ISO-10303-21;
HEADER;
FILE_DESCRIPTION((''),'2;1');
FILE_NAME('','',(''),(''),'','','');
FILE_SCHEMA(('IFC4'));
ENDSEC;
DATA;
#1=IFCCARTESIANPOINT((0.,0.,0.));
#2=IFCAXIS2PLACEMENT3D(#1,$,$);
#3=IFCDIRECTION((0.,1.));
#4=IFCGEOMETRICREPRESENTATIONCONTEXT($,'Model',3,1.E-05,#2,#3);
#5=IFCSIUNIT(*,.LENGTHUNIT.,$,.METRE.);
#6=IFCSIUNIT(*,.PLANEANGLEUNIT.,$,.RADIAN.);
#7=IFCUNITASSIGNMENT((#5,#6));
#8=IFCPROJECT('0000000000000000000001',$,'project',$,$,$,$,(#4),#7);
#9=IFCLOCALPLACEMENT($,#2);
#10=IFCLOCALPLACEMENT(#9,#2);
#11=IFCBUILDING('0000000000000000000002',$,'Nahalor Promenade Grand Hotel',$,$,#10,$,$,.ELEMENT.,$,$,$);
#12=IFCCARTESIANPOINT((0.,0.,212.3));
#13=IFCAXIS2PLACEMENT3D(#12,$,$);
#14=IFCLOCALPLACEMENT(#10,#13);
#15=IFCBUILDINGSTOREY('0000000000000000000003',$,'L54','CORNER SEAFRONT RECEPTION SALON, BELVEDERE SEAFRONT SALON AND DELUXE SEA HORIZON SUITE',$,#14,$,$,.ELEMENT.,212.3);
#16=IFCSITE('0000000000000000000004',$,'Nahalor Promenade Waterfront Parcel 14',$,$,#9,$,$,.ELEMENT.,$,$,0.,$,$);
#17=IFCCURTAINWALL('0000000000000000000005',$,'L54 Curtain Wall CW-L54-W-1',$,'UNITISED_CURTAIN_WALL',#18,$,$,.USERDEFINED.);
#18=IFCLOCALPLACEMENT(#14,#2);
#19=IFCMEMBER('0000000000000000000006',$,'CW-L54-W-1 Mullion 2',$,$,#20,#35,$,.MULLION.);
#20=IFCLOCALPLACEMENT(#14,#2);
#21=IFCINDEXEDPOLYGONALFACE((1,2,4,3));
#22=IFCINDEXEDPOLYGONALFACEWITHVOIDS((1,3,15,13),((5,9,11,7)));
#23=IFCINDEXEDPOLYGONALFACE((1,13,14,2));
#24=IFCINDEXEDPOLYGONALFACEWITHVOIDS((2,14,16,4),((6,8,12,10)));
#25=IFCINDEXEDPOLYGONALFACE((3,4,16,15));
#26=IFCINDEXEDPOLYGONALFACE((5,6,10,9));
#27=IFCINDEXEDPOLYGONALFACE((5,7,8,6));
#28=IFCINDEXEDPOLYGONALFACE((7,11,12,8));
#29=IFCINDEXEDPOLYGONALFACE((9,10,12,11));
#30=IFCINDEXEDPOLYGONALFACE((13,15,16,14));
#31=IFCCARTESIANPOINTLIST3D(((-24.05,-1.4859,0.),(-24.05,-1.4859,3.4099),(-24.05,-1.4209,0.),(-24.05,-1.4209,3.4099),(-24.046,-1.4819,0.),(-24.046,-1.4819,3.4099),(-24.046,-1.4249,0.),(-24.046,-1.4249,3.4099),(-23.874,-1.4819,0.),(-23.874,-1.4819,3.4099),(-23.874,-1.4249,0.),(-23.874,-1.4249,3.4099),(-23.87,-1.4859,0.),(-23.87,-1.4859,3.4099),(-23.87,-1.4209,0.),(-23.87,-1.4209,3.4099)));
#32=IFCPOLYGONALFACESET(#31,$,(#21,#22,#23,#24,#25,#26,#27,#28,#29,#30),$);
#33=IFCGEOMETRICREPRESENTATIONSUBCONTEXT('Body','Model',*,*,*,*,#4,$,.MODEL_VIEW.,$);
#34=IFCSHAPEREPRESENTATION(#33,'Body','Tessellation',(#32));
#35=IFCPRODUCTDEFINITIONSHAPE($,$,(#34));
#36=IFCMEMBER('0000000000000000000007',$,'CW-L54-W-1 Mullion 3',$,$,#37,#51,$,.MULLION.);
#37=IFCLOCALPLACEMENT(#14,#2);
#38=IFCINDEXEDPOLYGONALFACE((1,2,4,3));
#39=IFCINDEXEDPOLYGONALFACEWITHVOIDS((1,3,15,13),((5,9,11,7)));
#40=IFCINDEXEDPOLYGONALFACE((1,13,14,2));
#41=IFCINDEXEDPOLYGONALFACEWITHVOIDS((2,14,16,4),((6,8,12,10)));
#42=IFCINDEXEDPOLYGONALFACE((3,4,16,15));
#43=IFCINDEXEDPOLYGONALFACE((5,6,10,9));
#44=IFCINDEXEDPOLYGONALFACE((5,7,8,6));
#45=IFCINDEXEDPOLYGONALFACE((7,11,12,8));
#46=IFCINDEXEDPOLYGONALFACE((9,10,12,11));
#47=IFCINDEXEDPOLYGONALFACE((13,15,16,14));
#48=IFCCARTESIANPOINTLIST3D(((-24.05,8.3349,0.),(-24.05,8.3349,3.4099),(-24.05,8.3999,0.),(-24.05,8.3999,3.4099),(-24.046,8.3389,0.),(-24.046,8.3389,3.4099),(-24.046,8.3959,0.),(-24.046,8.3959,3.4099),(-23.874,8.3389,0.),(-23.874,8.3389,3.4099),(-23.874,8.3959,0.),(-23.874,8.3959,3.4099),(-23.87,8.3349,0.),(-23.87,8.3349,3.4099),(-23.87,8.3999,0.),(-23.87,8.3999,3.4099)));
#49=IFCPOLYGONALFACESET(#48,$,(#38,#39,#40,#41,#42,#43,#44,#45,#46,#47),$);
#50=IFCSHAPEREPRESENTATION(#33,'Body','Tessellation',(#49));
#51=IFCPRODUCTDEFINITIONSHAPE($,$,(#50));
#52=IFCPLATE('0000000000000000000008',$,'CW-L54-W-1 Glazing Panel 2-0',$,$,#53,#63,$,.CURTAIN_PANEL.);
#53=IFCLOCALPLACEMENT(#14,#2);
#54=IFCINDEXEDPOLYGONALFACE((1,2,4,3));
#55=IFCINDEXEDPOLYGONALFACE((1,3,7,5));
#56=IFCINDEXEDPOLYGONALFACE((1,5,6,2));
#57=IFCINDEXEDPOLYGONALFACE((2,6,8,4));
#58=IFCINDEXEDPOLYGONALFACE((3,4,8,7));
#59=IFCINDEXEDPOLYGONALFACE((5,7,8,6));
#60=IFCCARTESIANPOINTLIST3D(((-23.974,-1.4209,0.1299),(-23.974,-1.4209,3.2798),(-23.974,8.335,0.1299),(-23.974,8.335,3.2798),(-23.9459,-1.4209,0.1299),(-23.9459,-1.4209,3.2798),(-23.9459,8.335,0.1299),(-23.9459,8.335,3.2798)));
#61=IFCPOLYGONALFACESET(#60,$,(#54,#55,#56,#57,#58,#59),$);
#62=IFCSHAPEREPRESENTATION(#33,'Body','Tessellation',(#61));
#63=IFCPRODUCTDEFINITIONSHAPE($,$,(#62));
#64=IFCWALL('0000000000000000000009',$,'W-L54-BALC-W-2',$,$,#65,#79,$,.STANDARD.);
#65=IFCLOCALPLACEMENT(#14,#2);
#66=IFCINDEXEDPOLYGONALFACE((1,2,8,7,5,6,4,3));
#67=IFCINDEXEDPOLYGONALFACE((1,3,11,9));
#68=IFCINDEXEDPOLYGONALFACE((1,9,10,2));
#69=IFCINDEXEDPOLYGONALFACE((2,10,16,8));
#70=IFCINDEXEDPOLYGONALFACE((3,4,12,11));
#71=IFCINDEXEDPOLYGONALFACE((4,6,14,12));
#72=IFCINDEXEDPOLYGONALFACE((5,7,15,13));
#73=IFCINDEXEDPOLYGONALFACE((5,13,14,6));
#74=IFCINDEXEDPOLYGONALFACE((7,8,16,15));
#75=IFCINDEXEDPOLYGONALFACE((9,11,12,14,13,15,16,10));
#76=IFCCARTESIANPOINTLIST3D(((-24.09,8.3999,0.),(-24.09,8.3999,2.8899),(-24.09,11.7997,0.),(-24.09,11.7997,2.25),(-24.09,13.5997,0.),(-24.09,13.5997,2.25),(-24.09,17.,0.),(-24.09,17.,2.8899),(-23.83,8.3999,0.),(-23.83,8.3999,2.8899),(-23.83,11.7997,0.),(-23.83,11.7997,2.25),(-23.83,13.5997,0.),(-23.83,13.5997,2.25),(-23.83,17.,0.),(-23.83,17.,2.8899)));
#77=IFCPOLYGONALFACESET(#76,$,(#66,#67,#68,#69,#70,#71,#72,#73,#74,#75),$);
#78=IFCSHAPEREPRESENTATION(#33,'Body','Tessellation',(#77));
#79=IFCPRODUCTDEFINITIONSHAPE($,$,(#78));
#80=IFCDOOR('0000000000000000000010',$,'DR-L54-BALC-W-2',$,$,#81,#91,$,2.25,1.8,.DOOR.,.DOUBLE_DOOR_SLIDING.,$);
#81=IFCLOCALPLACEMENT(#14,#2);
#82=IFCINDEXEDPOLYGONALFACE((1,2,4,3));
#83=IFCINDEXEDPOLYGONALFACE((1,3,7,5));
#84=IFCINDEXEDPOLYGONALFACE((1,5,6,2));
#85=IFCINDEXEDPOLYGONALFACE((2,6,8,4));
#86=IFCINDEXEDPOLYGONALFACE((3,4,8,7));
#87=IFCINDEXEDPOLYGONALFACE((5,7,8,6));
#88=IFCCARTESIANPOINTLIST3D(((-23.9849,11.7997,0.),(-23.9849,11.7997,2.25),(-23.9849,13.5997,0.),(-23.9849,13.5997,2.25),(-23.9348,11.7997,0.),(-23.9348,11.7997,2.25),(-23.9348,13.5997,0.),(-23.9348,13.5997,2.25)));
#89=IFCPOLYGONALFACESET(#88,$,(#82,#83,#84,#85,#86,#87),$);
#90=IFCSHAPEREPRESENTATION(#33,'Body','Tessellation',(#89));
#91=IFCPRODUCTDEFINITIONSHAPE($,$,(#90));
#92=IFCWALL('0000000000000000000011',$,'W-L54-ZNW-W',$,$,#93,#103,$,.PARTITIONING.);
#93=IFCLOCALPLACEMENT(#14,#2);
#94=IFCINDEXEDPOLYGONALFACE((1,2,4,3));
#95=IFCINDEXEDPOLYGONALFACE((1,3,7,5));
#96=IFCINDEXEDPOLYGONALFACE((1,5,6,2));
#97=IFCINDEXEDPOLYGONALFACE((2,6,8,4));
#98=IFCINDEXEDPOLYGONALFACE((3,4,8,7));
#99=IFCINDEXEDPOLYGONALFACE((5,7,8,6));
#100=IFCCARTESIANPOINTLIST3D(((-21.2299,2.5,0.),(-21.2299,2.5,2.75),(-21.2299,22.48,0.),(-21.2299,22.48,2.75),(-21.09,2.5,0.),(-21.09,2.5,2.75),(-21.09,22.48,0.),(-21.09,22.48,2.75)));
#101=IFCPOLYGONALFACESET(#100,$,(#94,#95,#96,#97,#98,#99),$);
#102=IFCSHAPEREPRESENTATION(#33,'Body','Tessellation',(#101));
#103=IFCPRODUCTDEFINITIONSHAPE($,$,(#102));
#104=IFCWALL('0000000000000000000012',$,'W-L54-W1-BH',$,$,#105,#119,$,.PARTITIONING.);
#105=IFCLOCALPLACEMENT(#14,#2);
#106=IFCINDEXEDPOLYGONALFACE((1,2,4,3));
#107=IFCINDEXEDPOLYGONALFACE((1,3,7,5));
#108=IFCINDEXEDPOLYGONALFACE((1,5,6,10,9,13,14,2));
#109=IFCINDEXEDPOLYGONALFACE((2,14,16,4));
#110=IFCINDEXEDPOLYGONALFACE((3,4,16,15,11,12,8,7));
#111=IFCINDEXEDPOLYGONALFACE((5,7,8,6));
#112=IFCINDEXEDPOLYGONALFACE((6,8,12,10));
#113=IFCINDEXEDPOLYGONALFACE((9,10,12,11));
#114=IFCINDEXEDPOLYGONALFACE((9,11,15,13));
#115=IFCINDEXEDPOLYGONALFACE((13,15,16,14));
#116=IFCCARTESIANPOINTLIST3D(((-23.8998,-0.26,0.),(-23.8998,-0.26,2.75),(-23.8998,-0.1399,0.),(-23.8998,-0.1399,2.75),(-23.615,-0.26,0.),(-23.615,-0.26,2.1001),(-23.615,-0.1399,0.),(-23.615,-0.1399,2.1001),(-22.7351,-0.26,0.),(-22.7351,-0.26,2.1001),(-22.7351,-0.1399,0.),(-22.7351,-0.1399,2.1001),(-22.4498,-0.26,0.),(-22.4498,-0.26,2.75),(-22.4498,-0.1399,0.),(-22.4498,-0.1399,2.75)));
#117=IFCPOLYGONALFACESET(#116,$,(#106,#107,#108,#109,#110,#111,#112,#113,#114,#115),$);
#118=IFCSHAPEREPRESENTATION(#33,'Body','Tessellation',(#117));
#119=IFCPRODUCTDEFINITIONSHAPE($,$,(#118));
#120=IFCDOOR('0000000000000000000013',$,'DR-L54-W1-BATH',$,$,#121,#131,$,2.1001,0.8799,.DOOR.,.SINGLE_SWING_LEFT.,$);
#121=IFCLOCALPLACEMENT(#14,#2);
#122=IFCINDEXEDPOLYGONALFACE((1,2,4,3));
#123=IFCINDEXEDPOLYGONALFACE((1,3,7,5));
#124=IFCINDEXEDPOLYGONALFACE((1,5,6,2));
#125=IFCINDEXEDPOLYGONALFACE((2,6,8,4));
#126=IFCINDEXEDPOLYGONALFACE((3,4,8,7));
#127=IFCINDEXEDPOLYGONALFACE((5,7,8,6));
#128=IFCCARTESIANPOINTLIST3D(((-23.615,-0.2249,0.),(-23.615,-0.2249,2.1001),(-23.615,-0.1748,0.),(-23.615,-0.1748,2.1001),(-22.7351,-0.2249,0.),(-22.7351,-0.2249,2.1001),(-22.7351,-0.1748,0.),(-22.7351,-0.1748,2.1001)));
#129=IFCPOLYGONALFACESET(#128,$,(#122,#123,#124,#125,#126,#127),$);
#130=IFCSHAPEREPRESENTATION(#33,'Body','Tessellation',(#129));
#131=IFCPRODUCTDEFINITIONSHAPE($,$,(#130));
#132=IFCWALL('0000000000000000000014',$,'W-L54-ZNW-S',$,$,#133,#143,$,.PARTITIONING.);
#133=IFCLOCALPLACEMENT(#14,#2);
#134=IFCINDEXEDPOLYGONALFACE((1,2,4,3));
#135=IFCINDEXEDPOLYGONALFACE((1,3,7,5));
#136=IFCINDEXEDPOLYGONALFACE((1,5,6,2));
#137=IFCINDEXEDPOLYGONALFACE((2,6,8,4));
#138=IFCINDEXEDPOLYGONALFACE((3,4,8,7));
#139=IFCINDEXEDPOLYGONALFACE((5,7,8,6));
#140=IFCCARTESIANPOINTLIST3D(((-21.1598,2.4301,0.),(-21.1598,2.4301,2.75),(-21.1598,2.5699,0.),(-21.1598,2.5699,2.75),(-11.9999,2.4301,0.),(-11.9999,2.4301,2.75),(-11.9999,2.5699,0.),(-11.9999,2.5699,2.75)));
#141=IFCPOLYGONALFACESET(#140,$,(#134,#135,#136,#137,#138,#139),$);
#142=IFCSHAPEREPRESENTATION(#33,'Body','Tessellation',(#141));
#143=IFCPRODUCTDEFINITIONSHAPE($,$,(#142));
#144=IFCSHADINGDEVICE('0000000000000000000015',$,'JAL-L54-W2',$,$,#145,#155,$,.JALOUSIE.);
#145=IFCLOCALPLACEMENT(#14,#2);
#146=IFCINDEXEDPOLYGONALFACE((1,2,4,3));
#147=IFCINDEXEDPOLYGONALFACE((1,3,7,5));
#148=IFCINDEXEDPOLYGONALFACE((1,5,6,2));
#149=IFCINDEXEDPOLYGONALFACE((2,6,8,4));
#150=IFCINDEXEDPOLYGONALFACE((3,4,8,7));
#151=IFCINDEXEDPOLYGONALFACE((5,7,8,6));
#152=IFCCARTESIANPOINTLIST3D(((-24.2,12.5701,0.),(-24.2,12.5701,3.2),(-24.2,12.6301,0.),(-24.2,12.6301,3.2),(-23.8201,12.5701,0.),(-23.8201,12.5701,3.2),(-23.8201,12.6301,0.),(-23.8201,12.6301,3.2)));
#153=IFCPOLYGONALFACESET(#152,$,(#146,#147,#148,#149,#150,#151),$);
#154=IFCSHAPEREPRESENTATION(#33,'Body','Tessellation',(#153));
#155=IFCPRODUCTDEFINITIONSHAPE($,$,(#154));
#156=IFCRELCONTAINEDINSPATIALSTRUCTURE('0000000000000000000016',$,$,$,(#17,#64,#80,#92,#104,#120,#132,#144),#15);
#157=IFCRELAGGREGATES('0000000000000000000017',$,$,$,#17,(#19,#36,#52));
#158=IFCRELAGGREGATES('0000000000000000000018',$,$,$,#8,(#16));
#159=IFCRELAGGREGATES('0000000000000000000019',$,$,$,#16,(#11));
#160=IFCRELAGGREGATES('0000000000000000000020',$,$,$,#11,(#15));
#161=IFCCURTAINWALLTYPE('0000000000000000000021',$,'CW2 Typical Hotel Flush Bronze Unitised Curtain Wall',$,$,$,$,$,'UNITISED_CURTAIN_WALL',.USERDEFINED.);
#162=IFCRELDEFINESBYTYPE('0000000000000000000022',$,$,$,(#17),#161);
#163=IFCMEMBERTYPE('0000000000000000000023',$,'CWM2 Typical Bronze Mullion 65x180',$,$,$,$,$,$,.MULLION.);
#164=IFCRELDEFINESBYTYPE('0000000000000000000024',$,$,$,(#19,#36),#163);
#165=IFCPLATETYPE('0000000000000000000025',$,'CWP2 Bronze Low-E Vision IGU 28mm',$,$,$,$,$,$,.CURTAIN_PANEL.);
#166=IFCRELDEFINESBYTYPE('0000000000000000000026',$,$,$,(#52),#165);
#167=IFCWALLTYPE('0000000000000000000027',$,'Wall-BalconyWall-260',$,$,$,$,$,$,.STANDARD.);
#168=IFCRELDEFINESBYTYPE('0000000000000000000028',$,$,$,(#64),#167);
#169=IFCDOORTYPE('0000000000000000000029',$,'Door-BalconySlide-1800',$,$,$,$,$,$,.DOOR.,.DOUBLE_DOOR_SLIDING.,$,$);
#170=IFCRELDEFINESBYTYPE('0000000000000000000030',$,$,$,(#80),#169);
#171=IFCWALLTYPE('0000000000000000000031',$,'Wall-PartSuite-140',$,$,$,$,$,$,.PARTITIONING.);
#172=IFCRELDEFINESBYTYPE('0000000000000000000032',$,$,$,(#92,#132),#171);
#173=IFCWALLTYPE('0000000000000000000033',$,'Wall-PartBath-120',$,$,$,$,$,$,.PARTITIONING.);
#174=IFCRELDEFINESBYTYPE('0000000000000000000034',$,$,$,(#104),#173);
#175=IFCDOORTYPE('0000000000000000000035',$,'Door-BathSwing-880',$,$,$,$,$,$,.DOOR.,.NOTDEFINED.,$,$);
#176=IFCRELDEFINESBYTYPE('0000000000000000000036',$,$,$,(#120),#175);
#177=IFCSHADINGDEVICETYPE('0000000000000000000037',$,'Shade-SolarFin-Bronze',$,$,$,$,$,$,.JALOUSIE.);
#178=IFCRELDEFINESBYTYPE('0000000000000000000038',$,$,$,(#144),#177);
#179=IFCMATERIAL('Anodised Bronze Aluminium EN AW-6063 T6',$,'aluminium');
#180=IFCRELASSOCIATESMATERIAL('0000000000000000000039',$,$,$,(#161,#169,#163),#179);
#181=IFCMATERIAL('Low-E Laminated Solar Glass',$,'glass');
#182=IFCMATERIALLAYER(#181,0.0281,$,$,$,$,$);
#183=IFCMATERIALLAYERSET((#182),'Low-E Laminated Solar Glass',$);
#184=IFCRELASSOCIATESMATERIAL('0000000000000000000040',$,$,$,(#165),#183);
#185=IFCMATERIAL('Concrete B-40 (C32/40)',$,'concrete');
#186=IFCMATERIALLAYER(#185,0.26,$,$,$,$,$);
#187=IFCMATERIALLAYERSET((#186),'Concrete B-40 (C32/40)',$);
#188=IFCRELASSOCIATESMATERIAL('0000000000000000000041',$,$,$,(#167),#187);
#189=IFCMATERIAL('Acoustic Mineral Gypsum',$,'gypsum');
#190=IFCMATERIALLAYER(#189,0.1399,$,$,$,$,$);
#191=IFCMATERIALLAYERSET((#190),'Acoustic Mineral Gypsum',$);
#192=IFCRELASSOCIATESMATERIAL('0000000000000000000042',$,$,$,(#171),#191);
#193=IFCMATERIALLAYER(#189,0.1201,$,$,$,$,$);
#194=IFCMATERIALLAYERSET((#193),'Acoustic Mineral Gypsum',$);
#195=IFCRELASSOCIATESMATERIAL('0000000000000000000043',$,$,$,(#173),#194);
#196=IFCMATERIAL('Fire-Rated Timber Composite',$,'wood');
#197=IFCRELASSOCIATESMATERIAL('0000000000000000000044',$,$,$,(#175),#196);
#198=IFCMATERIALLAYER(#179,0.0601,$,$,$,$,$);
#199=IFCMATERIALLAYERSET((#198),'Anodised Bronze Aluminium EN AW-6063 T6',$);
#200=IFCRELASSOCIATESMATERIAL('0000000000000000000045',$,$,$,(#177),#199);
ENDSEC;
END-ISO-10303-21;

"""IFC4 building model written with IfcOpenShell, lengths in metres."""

from ifc_helpers import new_model, si_unit, direction, frame, frame_2d, origin, origin_2d, place, context, subcontext, project, spatial, rectangle, hollow_rectangle, extrude, source, transform, mapped, material, layer, layer_set, material_profile, profile_set, type_object, element, fill, aggregate, save


model = new_model("IFC4")

# Units and contexts
model_context = context("Model", 3, precision=1e-05, world=origin(), true_north=direction((0.0, 1.0)))
body_context = subcontext(model_context, "Body", "Model", "MODEL_VIEW")
ifc_project = project(units=[si_unit("LENGTHUNIT", "METRE"), si_unit("PLANEANGLEUNIT", "RADIAN")], contexts=[model_context])

# Site, building, storey
site_placement = place(None, origin())
site = spatial("IfcSite", under=ifc_project, at=site_placement, Name="Nahalor Promenade Waterfront Parcel 14", CompositionType="ELEMENT", RefElevation=0.0)
building_placement = place(site_placement, origin())
building = spatial("IfcBuilding", under=site, at=building_placement, Name="Nahalor Promenade Grand Hotel", CompositionType="ELEMENT")
storey_placement = place(building_placement, frame((0.0, 0.0, 212.3)))
storey = spatial("IfcBuildingStorey", under=building, at=storey_placement, Name="L54", Description="CORNER SEAFRONT RECEPTION SALON, BELVEDERE SEAFRONT SALON AND DELUXE SEA HORIZON SUITE", CompositionType="ELEMENT", Elevation=212.3)

# Curtain wall, members, plate
ifc_material_1 = material(Name="Anodised Bronze Aluminium EN AW-6063 T6", Category="aluminium")
curtain_wall_type = type_object("IfcCurtainWallType", Name="CW2 Typical Hotel Flush Bronze Unitised Curtain Wall", ElementType="UNITISED_CURTAIN_WALL", PredefinedType="USERDEFINED", material=ifc_material_1)
curtain_wall_placement = place(storey_placement, origin())
curtain_wall = element("IfcCurtainWall", 1, at=curtain_wall_placement, inside=storey, type_object=curtain_wall_type, Name="L54 Curtain Wall CW-L54-W-1", ObjectType="UNITISED_CURTAIN_WALL", PredefinedType="USERDEFINED")
ifc_material_profile_1 = material_profile(ifc_material_1, hollow_rectangle(XDim=0.065, YDim=0.18, WallThickness=0.004, at=origin_2d()), Name="CWM 65x180x4")
ifc_profile_set_1 = profile_set([ifc_material_profile_1], Name="Anodised Bronze Aluminium EN AW-6063 T6")
member_type_1 = type_object("IfcMemberType", Name="CWM2 Typical Bronze Mullion 65x180", PredefinedType="MULLION", material=ifc_profile_set_1)
shared_shape_1 = source(origin(), body_context, "Body", "SweptSolid", [
    extrude(hollow_rectangle(XDim=0.065, YDim=0.18, WallThickness=0.004, at=origin_2d()), origin(), (0.0, 0.0, 1.0), 3.4099),
])
member_1_placement = place(storey_placement, frame((-23.96, -1.4534, 0.0), z_axis=(0.0, 0.0, 1.0), x_axis=(0.0, 1.0, 0.0)))
member_1 = element("IfcMember", 2, at=member_1_placement, type_object=member_type_1, Name="CW-L54-W-1 Mullion 2", PredefinedType="MULLION", context=body_context, shape_type="MappedRepresentation", body=[
    mapped(shared_shape_1, transform((0.0, 0.0, 0.0), scale=1.0)),
])
member_2_placement = place(storey_placement, frame((-23.96, 8.3674, 0.0), z_axis=(0.0, 0.0, 1.0), x_axis=(0.0, 1.0, 0.0)))
member_2 = element("IfcMember", 3, at=member_2_placement, type_object=member_type_1, Name="CW-L54-W-1 Mullion 3", PredefinedType="MULLION", context=body_context, shape_type="MappedRepresentation", body=[
    mapped(shared_shape_1, transform((0.0, 0.0, 0.0), scale=1.0)),
])
ifc_material_2 = material(Name="Low-E Laminated Solar Glass", Category="glass")
ifc_layer_1 = layer(ifc_material_2, 0.0281)
ifc_layer_set_1 = layer_set([ifc_layer_1], Name="Low-E Laminated Solar Glass")
plate_type = type_object("IfcPlateType", Name="CWP2 Bronze Low-E Vision IGU 28mm", PredefinedType="CURTAIN_PANEL", material=ifc_layer_set_1)
shared_shape_2 = source(origin(), body_context, "Body", "SweptSolid", [
    extrude(rectangle(XDim=9.7559, YDim=0.0281, at=origin_2d()), origin(), (0.0, 0.0, 1.0), 3.1499),
])
plate_placement = place(storey_placement, frame((-23.96, 3.457, 0.1299), z_axis=(0.0, 0.0, 1.0), x_axis=(0.0, 1.0, 0.0)))
plate = element("IfcPlate", 4, at=plate_placement, type_object=plate_type, Name="CW-L54-W-1 Glazing Panel 2-0", PredefinedType="CURTAIN_PANEL", context=body_context, shape_type="MappedRepresentation", body=[
    mapped(shared_shape_2, transform((0.0, 0.0, 0.0), scale=1.0)),
])
aggregate(curtain_wall, [member_1, member_2, plate])

# Wall, opening, door
ifc_material_3 = material(Name="Concrete B-40 (C32/40)", Category="concrete")
ifc_layer_2 = layer(ifc_material_3, 0.26)
ifc_layer_set_2 = layer_set([ifc_layer_2], Name="Concrete B-40 (C32/40)")
wall_type_1 = type_object("IfcWallType", Name="Wall-BalconyWall-260", PredefinedType="STANDARD", material=ifc_layer_set_2)
shared_shape_3 = source(origin(), body_context, "Body", "SweptSolid", [
    extrude(rectangle(XDim=8.6001, YDim=0.26, at=frame_2d((4.3, 0.0))), origin(), (0.0, 0.0, 1.0), 2.8899),
])
wall_1_placement = place(storey_placement, frame((-23.96, 8.3999, 0.0), z_axis=(0.0, 0.0, 1.0), x_axis=(0.0, 1.0, 0.0)))
wall_1 = element("IfcWall", 5, at=wall_1_placement, inside=storey, type_object=wall_type_1, Name="W-L54-BALC-W-2", PredefinedType="STANDARD", context=body_context, shape_type="MappedRepresentation", body=[
    mapped(shared_shape_3, transform((0.0, 0.0, 0.0), scale=1.0)),
])
opening_1_placement = place(wall_1_placement, frame((3.3999, 0.0, 0.0)))
opening_1 = element("IfcOpeningElement", 6, at=opening_1_placement, cuts=wall_1, PredefinedType="OPENING", context=body_context, shape_type="SweptSolid", body=[
    extrude(rectangle(XDim=1.8, YDim=2.25, at=frame_2d((0.8999, 1.125))), frame((0.0, 0.1399, 0.0), z_axis=(0.0, -1.0, 0.0), x_axis=(1.0, 0.0, 0.0)), (0.0, 0.0, 1.0), 0.28),
])
door_type_1 = type_object("IfcDoorType", Name="Door-BalconySlide-1800", OperationType="DOUBLE_DOOR_SLIDING", PredefinedType="DOOR", material=ifc_material_1)
shared_shape_4 = source(origin(), body_context, "Body", "SweptSolid", [
    extrude(rectangle(XDim=1.8, YDim=2.25, at=frame_2d((0.8999, 1.125))), frame((0.0, 0.0249, 0.0), z_axis=(0.0, -1.0, 0.0), x_axis=(1.0, 0.0, 0.0)), (0.0, 0.0, 1.0), 0.05),
])
door_1_placement = place(opening_1_placement, origin())
door_1 = element("IfcDoor", 7, at=door_1_placement, inside=storey, type_object=door_type_1, Name="DR-L54-BALC-W-2", OperationType="DOUBLE_DOOR_SLIDING", OverallHeight=2.25, OverallWidth=1.8, PredefinedType="DOOR", context=body_context, shape_type="MappedRepresentation", body=[
    mapped(shared_shape_4, transform((0.0, 0.0, 0.0), scale=1.0)),
])
fill(opening_1, door_1)

# Wall
ifc_material_4 = material(Name="Acoustic Mineral Gypsum", Category="gypsum")
ifc_layer_3 = layer(ifc_material_4, 0.1399)
ifc_layer_set_3 = layer_set([ifc_layer_3], Name="Acoustic Mineral Gypsum")
wall_type_2 = type_object("IfcWallType", Name="Wall-PartSuite-140", PredefinedType="PARTITIONING", material=ifc_layer_set_3)
shared_shape_5 = source(origin(), body_context, "Body", "SweptSolid", [
    extrude(rectangle(XDim=19.98, YDim=0.1399, at=frame_2d((9.99, 0.0))), origin(), (0.0, 0.0, 1.0), 2.75),
])
wall_2_placement = place(storey_placement, frame((-21.1599, 2.5, 0.0), z_axis=(0.0, 0.0, 1.0), x_axis=(0.0, 1.0, 0.0)))
element("IfcWall", 8, at=wall_2_placement, inside=storey, type_object=wall_type_2, Name="W-L54-ZNW-W", PredefinedType="PARTITIONING", context=body_context, shape_type="MappedRepresentation", body=[
    mapped(shared_shape_5, transform((0.0, 0.0, 0.0), scale=1.0)),
])

# Wall, opening, door
ifc_layer_4 = layer(ifc_material_4, 0.1201)
ifc_layer_set_4 = layer_set([ifc_layer_4], Name="Acoustic Mineral Gypsum")
wall_type_3 = type_object("IfcWallType", Name="Wall-PartBath-120", PredefinedType="PARTITIONING", material=ifc_layer_set_4)
shared_shape_6 = source(origin(), body_context, "Body", "SweptSolid", [
    extrude(rectangle(XDim=1.45, YDim=0.1201, at=frame_2d((0.7251, 0.0))), origin(), (0.0, 0.0, 1.0), 2.75),
])
wall_3_placement = place(storey_placement, frame((-23.8999, -0.2, 0.0), z_axis=(0.0, 0.0, 1.0), x_axis=(1.0, 0.0, 0.0)))
wall_3 = element("IfcWall", 9, at=wall_3_placement, inside=storey, type_object=wall_type_3, Name="W-L54-W1-BH", PredefinedType="PARTITIONING", context=body_context, shape_type="MappedRepresentation", body=[
    mapped(shared_shape_6, transform((0.0, 0.0, 0.0), scale=1.0)),
])
opening_2_placement = place(wall_3_placement, frame((0.2849, 0.0, 0.0)))
opening_2 = element("IfcOpeningElement", 10, at=opening_2_placement, cuts=wall_3, PredefinedType="OPENING", context=body_context, shape_type="SweptSolid", body=[
    extrude(rectangle(XDim=0.8799, YDim=2.1001, at=frame_2d((0.4399, 1.05))), frame((0.0, 0.0701, 0.0), z_axis=(0.0, -1.0, 0.0), x_axis=(1.0, 0.0, 0.0)), (0.0, 0.0, 1.0), 0.1401),
])
ifc_material_5 = material(Name="Fire-Rated Timber Composite", Category="wood")
door_type_2 = type_object("IfcDoorType", Name="Door-BathSwing-880", OperationType="NOTDEFINED", PredefinedType="DOOR", material=ifc_material_5)
shared_shape_7 = source(origin(), body_context, "Body", "SweptSolid", [
    extrude(rectangle(XDim=0.8799, YDim=2.1001, at=frame_2d((0.4399, 1.05))), frame((0.0, 0.0249, 0.0), z_axis=(0.0, -1.0, 0.0), x_axis=(1.0, 0.0, 0.0)), (0.0, 0.0, 1.0), 0.05),
])
door_2_placement = place(opening_2_placement, frame((0.8799, 0.0, 0.0), z_axis=(0.0, 0.0, 1.0), x_axis=(-1.0, 0.0, 0.0)))
door_2 = element("IfcDoor", 11, at=door_2_placement, inside=storey, type_object=door_type_2, Name="DR-L54-W1-BATH", OperationType="SINGLE_SWING_LEFT", OverallHeight=2.1001, OverallWidth=0.8799, PredefinedType="DOOR", context=body_context, shape_type="MappedRepresentation", body=[
    mapped(shared_shape_7, transform((0.0, 0.0, 0.0), scale=1.0)),
])
fill(opening_2, door_2)

# Wall
shared_shape_8 = source(origin(), body_context, "Body", "SweptSolid", [
    extrude(rectangle(XDim=9.1599, YDim=0.1399, at=frame_2d((4.5801, 0.0))), origin(), (0.0, 0.0, 1.0), 2.75),
])
wall_4_placement = place(storey_placement, frame((-21.1599, 2.5, 0.0), z_axis=(0.0, 0.0, 1.0), x_axis=(1.0, 0.0, 0.0)))
element("IfcWall", 12, at=wall_4_placement, inside=storey, type_object=wall_type_2, Name="W-L54-ZNW-S", PredefinedType="PARTITIONING", context=body_context, shape_type="MappedRepresentation", body=[
    mapped(shared_shape_8, transform((0.0, 0.0, 0.0), scale=1.0)),
])

# Shading device
ifc_layer_5 = layer(ifc_material_1, 0.0601)
ifc_layer_set_5 = layer_set([ifc_layer_5], Name="Anodised Bronze Aluminium EN AW-6063 T6")
shading_device_type = type_object("IfcShadingDeviceType", Name="Shade-SolarFin-Bronze", PredefinedType="JALOUSIE", material=ifc_layer_set_5)
shared_shape_9 = source(origin(), body_context, "Body", "SweptSolid", [
    extrude(rectangle(XDim=0.3799, YDim=0.0601, at=origin_2d()), origin(), (0.0, 0.0, 1.0), 3.2),
])
shading_device_placement = place(storey_placement, frame((-24.01, 12.6001, 0.0), z_axis=(0.0, 0.0, 1.0), x_axis=(1.0, 0.0, 0.0)))
element("IfcShadingDevice", 13, at=shading_device_placement, inside=storey, type_object=shading_device_type, Name="JAL-L54-W2", PredefinedType="JALOUSIE", context=body_context, shape_type="MappedRepresentation", body=[
    mapped(shared_shape_9, transform((0.0, 0.0, 0.0), scale=1.0)),
])

save(model, "model.ifc")
